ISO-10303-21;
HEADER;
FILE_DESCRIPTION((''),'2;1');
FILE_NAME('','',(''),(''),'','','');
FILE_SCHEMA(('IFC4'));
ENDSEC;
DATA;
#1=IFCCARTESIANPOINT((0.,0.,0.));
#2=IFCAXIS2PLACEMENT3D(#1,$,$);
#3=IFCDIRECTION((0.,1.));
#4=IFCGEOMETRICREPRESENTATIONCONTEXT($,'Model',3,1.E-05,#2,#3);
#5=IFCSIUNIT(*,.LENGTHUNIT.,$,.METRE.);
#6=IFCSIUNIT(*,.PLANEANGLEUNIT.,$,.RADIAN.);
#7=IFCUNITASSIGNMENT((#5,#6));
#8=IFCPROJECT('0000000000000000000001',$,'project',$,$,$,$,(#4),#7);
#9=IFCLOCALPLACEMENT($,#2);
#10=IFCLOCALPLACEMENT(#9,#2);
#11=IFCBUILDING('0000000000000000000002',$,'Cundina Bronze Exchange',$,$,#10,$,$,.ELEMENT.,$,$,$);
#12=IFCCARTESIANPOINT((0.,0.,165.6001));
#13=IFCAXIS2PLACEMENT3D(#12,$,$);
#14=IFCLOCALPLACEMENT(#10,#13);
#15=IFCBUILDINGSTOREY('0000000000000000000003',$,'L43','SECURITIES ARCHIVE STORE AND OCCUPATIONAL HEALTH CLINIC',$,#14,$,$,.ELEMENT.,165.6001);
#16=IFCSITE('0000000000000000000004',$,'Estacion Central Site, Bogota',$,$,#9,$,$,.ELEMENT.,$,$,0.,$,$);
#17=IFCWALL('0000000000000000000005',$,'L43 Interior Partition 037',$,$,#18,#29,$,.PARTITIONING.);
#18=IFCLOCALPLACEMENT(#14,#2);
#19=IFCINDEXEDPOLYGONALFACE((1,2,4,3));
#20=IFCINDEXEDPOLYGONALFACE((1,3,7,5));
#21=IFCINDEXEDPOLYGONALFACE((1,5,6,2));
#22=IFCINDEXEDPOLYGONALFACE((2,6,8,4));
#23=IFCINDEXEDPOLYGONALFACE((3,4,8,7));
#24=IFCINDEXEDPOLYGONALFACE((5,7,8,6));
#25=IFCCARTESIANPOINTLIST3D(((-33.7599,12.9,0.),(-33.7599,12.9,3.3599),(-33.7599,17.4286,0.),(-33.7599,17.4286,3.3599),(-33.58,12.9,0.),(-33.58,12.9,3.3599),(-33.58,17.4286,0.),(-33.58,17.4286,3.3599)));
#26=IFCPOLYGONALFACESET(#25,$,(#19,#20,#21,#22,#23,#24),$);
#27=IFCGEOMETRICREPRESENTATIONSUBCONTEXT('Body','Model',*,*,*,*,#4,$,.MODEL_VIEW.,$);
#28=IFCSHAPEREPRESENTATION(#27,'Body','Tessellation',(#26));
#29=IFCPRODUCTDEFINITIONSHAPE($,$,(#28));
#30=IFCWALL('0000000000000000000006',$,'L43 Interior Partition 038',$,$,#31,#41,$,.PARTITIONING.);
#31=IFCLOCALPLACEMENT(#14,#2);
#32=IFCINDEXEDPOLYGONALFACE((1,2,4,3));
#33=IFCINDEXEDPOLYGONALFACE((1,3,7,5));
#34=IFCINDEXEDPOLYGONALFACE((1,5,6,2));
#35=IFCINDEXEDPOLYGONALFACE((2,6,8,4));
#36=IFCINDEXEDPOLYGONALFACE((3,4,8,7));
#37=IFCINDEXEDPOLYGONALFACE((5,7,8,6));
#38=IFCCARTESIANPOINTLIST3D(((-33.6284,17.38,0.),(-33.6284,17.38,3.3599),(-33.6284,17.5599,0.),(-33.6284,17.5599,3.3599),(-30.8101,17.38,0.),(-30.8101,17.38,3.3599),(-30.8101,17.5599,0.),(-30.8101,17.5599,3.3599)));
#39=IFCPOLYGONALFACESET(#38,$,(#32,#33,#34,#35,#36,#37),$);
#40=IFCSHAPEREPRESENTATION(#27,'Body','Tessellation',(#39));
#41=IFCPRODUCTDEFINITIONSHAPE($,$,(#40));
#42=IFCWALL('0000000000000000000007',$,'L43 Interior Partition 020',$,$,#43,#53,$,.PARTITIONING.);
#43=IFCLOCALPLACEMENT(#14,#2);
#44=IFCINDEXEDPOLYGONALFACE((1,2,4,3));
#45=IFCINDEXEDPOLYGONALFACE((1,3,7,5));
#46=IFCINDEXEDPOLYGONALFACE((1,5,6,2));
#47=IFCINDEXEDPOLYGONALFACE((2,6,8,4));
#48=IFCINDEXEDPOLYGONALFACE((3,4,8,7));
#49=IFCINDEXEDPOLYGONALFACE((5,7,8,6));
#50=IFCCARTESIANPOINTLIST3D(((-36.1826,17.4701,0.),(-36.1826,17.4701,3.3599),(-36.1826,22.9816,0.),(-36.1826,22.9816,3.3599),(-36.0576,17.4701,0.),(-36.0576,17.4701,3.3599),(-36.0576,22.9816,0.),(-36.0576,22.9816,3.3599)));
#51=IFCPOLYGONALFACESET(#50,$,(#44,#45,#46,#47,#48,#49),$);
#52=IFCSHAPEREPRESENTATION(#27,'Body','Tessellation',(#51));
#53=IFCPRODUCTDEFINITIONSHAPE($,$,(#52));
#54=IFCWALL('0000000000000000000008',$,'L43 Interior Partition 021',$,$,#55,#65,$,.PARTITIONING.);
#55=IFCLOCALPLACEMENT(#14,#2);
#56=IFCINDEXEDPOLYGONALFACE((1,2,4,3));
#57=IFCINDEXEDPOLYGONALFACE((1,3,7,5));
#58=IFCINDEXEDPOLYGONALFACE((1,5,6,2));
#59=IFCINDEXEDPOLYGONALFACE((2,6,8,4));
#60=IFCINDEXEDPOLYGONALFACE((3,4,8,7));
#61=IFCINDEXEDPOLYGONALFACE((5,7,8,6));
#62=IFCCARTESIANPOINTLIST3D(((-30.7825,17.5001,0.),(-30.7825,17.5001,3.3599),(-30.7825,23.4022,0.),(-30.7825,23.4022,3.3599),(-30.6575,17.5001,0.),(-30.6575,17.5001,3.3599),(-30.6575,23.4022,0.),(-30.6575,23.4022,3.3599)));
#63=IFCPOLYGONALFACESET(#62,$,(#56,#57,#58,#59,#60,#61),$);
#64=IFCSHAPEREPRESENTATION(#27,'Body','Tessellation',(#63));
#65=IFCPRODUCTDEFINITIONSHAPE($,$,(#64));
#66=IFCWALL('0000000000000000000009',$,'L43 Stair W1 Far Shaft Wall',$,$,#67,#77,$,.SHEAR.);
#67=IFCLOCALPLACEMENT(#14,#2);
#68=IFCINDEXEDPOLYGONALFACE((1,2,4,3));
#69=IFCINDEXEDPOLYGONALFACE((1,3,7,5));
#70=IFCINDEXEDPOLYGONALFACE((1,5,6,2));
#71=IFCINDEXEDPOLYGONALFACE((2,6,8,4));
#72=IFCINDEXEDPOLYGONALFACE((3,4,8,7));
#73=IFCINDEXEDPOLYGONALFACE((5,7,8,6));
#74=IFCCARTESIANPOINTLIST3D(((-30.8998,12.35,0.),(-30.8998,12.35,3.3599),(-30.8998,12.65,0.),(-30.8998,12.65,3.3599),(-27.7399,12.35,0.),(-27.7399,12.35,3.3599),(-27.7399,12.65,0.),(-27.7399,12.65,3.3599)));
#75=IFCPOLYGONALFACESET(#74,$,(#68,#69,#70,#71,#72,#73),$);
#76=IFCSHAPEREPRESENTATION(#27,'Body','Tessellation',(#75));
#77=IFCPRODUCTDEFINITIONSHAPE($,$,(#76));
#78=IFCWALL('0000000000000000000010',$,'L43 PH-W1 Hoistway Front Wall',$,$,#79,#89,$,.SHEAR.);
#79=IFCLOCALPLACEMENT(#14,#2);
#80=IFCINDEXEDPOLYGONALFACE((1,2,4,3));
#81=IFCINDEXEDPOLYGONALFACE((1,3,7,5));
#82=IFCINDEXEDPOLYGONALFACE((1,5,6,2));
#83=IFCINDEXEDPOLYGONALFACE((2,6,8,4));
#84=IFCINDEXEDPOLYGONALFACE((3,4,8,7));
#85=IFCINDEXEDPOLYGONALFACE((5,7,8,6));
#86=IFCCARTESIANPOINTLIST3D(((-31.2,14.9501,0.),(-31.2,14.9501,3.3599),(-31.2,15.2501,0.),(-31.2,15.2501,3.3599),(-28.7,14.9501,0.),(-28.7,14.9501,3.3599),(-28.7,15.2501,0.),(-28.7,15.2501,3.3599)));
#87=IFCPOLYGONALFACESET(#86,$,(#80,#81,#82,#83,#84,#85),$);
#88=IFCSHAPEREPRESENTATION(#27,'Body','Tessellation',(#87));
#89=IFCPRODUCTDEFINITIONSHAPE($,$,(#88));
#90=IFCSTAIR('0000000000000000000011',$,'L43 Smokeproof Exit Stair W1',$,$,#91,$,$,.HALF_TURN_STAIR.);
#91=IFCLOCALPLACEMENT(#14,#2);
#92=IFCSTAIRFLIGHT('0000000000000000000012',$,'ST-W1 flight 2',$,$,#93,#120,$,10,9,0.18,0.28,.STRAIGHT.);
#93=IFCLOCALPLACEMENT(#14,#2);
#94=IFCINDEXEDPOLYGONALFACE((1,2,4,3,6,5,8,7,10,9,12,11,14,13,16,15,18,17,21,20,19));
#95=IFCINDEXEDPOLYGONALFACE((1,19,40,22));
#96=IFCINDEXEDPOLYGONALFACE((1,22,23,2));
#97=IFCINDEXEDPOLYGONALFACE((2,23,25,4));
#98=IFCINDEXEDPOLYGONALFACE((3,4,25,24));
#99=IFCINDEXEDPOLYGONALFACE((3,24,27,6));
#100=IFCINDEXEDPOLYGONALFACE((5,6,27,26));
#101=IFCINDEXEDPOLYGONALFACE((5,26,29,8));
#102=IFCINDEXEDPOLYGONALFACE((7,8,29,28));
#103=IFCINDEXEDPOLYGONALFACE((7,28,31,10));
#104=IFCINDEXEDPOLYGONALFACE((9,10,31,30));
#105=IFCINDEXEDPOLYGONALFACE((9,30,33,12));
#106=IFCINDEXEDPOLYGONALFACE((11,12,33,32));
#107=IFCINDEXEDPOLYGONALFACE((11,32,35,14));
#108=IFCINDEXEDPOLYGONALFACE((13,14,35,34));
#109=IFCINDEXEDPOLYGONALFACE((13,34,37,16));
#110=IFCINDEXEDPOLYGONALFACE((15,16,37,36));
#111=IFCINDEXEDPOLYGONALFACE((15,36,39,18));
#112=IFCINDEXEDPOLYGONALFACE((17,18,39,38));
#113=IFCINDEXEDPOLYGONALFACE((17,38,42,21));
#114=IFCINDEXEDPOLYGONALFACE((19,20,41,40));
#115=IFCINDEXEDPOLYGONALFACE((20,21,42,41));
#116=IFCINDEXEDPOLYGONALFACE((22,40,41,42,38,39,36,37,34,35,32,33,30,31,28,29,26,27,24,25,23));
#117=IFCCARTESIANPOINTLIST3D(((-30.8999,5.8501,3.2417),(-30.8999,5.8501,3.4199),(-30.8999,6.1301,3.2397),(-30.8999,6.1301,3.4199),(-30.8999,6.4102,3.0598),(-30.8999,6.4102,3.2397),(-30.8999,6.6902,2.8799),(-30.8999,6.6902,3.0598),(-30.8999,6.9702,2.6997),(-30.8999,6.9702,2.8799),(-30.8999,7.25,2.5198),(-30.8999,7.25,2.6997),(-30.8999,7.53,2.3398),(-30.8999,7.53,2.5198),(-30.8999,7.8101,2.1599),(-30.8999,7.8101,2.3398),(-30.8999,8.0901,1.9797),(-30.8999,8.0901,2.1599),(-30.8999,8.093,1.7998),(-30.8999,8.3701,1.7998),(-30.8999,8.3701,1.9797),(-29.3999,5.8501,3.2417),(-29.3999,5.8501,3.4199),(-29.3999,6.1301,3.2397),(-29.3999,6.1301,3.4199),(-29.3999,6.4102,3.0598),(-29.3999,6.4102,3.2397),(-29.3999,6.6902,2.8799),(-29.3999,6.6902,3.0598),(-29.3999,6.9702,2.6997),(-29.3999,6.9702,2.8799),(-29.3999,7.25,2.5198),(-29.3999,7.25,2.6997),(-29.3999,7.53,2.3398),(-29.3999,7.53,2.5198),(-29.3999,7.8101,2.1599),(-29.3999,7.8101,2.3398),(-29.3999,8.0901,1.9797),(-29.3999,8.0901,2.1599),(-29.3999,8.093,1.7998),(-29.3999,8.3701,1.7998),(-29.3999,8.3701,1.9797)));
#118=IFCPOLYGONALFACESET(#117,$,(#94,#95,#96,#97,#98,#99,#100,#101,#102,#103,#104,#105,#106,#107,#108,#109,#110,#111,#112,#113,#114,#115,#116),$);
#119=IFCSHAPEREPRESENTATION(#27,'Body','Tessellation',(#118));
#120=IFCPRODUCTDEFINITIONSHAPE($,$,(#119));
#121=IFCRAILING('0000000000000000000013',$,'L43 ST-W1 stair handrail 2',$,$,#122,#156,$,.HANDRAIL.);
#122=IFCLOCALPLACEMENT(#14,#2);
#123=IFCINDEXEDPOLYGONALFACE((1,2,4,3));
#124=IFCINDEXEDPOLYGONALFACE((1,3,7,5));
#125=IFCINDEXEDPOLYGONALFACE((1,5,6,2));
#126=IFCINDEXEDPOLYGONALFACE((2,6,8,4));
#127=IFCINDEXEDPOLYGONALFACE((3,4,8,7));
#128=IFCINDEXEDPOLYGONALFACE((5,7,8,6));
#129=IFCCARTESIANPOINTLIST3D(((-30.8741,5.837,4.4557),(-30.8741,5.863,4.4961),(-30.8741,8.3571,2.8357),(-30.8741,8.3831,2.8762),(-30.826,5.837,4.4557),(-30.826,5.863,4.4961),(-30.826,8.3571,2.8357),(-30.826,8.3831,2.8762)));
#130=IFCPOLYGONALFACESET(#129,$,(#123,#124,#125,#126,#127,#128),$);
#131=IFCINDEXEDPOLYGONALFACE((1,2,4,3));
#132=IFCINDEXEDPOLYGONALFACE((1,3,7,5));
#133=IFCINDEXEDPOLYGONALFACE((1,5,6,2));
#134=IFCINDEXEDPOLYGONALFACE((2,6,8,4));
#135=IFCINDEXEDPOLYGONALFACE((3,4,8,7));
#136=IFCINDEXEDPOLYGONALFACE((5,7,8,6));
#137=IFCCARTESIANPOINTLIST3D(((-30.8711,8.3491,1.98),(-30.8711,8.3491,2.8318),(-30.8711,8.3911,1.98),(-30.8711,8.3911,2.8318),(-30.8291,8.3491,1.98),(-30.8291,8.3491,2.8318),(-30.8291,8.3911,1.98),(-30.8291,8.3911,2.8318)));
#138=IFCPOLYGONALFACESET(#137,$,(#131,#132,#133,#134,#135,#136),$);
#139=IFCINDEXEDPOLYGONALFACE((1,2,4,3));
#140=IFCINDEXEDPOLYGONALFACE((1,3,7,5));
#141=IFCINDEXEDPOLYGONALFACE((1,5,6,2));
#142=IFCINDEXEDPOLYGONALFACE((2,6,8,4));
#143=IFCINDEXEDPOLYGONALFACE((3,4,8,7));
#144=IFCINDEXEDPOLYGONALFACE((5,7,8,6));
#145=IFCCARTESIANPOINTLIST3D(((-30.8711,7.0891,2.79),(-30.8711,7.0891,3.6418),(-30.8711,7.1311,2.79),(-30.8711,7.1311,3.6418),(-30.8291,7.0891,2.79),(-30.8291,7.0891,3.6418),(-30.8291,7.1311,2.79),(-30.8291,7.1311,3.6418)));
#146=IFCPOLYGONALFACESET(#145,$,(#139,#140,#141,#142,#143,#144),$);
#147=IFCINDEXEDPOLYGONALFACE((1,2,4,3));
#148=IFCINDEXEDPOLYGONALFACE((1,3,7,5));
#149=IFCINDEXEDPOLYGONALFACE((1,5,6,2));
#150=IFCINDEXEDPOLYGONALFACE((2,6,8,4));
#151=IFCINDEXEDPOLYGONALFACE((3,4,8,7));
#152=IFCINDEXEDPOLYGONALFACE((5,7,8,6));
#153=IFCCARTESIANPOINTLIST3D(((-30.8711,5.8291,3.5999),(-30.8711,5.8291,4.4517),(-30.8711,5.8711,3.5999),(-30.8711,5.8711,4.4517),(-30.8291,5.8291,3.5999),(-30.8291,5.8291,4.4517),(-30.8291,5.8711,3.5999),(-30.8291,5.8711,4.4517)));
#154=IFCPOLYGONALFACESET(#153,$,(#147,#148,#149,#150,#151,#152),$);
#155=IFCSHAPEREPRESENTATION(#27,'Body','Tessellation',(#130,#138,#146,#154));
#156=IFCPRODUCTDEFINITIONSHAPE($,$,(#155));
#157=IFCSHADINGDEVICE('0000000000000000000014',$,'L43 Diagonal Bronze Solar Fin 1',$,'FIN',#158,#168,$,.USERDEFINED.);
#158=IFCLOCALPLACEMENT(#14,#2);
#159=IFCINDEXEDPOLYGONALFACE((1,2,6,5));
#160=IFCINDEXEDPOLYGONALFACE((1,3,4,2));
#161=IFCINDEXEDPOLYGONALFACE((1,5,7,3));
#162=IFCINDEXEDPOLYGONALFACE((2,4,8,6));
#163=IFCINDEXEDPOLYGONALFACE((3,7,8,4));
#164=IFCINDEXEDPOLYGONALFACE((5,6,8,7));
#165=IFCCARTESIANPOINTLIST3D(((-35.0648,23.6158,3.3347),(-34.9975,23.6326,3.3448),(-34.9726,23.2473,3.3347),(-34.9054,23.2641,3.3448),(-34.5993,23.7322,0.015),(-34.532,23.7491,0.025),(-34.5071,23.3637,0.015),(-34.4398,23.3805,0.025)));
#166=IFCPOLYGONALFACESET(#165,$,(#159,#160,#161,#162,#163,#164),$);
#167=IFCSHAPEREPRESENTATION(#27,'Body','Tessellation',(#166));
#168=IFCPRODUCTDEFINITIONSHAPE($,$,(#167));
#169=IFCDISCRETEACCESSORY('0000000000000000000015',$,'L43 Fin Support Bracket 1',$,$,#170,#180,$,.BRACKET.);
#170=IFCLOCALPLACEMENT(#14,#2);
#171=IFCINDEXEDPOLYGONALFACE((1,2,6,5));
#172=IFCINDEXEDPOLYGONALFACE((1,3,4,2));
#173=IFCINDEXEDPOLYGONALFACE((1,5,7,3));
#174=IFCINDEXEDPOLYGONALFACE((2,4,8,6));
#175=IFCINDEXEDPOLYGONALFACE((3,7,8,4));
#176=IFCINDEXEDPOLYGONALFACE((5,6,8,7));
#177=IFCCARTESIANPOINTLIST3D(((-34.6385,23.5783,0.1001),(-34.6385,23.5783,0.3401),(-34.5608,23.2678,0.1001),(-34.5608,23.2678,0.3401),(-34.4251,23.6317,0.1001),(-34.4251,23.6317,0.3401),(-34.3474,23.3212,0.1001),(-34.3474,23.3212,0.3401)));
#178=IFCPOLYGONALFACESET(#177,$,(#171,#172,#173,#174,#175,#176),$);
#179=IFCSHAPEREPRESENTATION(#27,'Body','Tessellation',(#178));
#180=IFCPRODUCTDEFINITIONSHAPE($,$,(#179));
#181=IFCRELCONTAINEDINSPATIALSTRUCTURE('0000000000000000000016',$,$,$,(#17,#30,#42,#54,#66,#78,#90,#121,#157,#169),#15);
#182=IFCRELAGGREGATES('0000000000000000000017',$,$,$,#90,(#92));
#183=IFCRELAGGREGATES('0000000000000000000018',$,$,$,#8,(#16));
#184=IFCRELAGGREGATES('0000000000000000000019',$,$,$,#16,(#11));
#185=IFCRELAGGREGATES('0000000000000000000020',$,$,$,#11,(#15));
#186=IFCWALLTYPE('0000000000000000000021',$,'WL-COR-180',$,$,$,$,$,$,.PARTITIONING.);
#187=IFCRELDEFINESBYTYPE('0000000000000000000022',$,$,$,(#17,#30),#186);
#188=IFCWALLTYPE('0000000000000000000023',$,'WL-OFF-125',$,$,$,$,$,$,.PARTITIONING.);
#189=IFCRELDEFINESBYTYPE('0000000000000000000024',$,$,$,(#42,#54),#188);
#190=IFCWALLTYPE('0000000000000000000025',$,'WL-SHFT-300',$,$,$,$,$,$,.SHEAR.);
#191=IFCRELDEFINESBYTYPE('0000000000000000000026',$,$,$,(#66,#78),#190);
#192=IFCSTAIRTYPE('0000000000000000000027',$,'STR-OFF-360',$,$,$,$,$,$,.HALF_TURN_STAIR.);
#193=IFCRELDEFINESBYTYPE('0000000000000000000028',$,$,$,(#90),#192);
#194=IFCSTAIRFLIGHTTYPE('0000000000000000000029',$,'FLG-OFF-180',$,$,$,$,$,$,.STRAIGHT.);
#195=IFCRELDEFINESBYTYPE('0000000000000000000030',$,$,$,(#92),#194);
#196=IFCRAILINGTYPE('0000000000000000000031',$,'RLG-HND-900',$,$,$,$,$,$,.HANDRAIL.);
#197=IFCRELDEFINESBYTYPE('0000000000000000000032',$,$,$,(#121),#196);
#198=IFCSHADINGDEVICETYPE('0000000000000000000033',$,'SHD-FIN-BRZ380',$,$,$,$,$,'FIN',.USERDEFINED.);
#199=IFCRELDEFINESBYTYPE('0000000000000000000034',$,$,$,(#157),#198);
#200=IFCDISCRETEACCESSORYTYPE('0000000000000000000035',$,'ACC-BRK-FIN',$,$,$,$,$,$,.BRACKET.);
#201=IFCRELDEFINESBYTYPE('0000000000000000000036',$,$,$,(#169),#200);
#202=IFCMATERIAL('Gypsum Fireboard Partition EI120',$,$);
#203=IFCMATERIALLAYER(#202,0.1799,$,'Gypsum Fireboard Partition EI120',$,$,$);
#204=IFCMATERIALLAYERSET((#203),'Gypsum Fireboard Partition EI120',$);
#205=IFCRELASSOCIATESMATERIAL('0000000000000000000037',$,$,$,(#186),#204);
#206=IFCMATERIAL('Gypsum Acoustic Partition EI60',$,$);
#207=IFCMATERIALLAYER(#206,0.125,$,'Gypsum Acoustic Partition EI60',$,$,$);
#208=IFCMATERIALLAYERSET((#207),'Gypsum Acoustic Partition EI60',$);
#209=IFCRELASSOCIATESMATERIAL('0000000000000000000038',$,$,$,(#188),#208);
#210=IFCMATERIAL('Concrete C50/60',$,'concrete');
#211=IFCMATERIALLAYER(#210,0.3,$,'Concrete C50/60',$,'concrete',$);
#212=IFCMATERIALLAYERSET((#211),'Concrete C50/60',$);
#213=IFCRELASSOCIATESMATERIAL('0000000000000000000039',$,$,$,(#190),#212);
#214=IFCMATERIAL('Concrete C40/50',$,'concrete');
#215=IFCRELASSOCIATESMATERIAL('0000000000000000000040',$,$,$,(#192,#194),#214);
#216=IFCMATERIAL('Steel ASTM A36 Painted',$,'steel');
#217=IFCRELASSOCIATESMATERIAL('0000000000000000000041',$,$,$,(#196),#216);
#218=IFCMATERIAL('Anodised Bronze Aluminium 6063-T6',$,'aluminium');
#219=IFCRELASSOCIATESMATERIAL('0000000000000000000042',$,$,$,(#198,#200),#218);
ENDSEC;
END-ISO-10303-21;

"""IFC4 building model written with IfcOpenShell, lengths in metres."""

from ifc_helpers import new_model, si_unit, direction, frame, frame_2d, origin, origin_2d, place, context, subcontext, project, spatial, polyline, rectangle, outline, extrude, material, layer, layer_set, material_profile, profile_set, type_object, element, aggregate, save


model = new_model("IFC4")

# Units and contexts
model_context = context("Model", 3, precision=1e-05, world=origin(), true_north=direction((0.0, 1.0)))
body_context = subcontext(model_context, "Body", "Model", "MODEL_VIEW")
ifc_project = project(units=[si_unit("LENGTHUNIT", "METRE"), si_unit("PLANEANGLEUNIT", "RADIAN")], contexts=[model_context])

# Site, building, storey
site_placement = place(None, origin())
site = spatial("IfcSite", under=ifc_project, at=site_placement, Name="Estacion Central Site, Bogota", CompositionType="ELEMENT", RefElevation=0.0)
building_placement = place(site_placement, origin())
building = spatial("IfcBuilding", under=site, at=building_placement, Name="Cundina Bronze Exchange", CompositionType="ELEMENT")
storey_placement = place(building_placement, frame((0.0, 0.0, 165.6001)))
storey = spatial("IfcBuildingStorey", under=building, at=storey_placement, Name="L43", Description="SECURITIES ARCHIVE STORE AND OCCUPATIONAL HEALTH CLINIC", CompositionType="ELEMENT", Elevation=165.6001)

# Shared definitions
ifc_material_1 = material(Name="Concrete C50/60", Category="concrete")

# Shared definitions
ifc_material_2 = material(Name="Anodised Bronze Aluminium 6063-T6", Category="aluminium")

# Shared definitions
ifc_material_3 = material(Name="Gypsum Fireboard Partition EI120")
ifc_layer_1 = layer(ifc_material_3, 0.1799, Name="Gypsum Fireboard Partition EI120")
ifc_layer_set_1 = layer_set([ifc_layer_1], Name="Gypsum Fireboard Partition EI120")
wall_type_1 = type_object("IfcWallType", Name="WL-COR-180", PredefinedType="PARTITIONING", material=ifc_layer_set_1)

# Walls
wall_1_placement = place(storey_placement, frame((-33.6699, 17.4285, 0.0), z_axis=(0.0, 0.0, 1.0), x_axis=(0.0, -1.0, 0.0)))
element("IfcWall", 1, at=wall_1_placement, inside=storey, type_object=wall_type_1, Name="L43 Interior Partition 037", PredefinedType="PARTITIONING", context=body_context, shape_type="SweptSolid", body=[
    extrude(rectangle(XDim=4.5286, YDim=0.1799, at=frame_2d((2.2642, 0.0))), origin(), (0.0, 0.0, 1.0), 3.3599),
])
wall_2_placement = place(storey_placement, frame((-30.8101, 17.47, 0.0), z_axis=(0.0, 0.0, 1.0), x_axis=(-1.0, 0.0, 0.0)))
element("IfcWall", 2, at=wall_2_placement, inside=storey, type_object=wall_type_1, Name="L43 Interior Partition 038", PredefinedType="PARTITIONING", context=body_context, shape_type="SweptSolid", body=[
    extrude(rectangle(XDim=2.8184, YDim=0.1799, at=frame_2d((1.4092, 0.0))), origin(), (0.0, 0.0, 1.0), 3.3599),
])
ifc_material_4 = material(Name="Gypsum Acoustic Partition EI60")
ifc_layer_2 = layer(ifc_material_4, 0.125, Name="Gypsum Acoustic Partition EI60")
ifc_layer_set_2 = layer_set([ifc_layer_2], Name="Gypsum Acoustic Partition EI60")
wall_type_2 = type_object("IfcWallType", Name="WL-OFF-125", PredefinedType="PARTITIONING", material=ifc_layer_set_2)
wall_3_placement = place(storey_placement, frame((-36.1201, 17.47, 0.0), z_axis=(0.0, 0.0, 1.0), x_axis=(0.0, 1.0, 0.0)))
element("IfcWall", 3, at=wall_3_placement, inside=storey, type_object=wall_type_2, Name="L43 Interior Partition 020", PredefinedType="PARTITIONING", context=body_context, shape_type="SweptSolid", body=[
    extrude(rectangle(XDim=5.5115, YDim=0.125, at=frame_2d((2.7559, 0.0))), origin(), (0.0, 0.0, 1.0), 3.3599),
])
wall_4_placement = place(storey_placement, frame((-30.72, 17.5, 0.0), z_axis=(0.0, 0.0, 1.0), x_axis=(0.0, 1.0, 0.0)))
element("IfcWall", 4, at=wall_4_placement, inside=storey, type_object=wall_type_2, Name="L43 Interior Partition 021", PredefinedType="PARTITIONING", context=body_context, shape_type="SweptSolid", body=[
    extrude(rectangle(XDim=5.9021, YDim=0.125, at=frame_2d((2.9512, 0.0))), origin(), (0.0, 0.0, 1.0), 3.3599),
])

# Shared definitions
ifc_layer_3 = layer(ifc_material_1, 0.3, Name="Concrete C50/60", Category="concrete")
ifc_layer_set_3 = layer_set([ifc_layer_3], Name="Concrete C50/60")
wall_type_3 = type_object("IfcWallType", Name="WL-SHFT-300", PredefinedType="SHEAR", material=ifc_layer_set_3)
ifc_material_5 = material(Name="Steel ASTM A36 Painted", Category="steel")

# Walls
wall_5_placement = place(storey_placement, frame((-30.8999, 12.5, 0.0), z_axis=(0.0, 0.0, 1.0), x_axis=(1.0, 0.0, 0.0)))
element("IfcWall", 5, at=wall_5_placement, inside=storey, type_object=wall_type_3, Name="L43 Stair W1 Far Shaft Wall", PredefinedType="SHEAR", context=body_context, shape_type="SweptSolid", body=[
    extrude(rectangle(XDim=3.1599, YDim=0.3, at=frame_2d((1.5801, 0.0))), origin(), (0.0, 0.0, 1.0), 3.3599),
])
wall_6_placement = place(storey_placement, frame((-31.2, 15.1001, 0.0), z_axis=(0.0, 0.0, 1.0), x_axis=(1.0, 0.0, 0.0)))
element("IfcWall", 6, at=wall_6_placement, inside=storey, type_object=wall_type_3, Name="L43 PH-W1 Hoistway Front Wall", PredefinedType="SHEAR", context=body_context, shape_type="SweptSolid", body=[
    extrude(rectangle(XDim=2.5, YDim=0.3, at=frame_2d((1.25, 0.0))), origin(), (0.0, 0.0, 1.0), 3.3599),
])

# Stair, stair flight
ifc_material_6 = material(Name="Concrete C40/50", Category="concrete")
stair_type = type_object("IfcStairType", Name="STR-OFF-360", PredefinedType="HALF_TURN_STAIR", material=ifc_material_6)
stair_placement = place(storey_placement, origin())
stair = element("IfcStair", 7, at=stair_placement, inside=storey, type_object=stair_type, Name="L43 Smokeproof Exit Stair W1", PredefinedType="HALF_TURN_STAIR")
stair_flight_type = type_object("IfcStairFlightType", Name="FLG-OFF-180", PredefinedType="STRAIGHT", material=ifc_material_6)
stair_flight_placement = place(storey_placement, frame((-30.1499, 8.3701, 1.7998), z_axis=(0.0, 0.0, 1.0), x_axis=(0.0, -1.0, 0.0)))
stair_flight = element("IfcStairFlight", 8, at=stair_flight_placement, type_object=stair_flight_type, Name="ST-W1 flight 2", NumberOfRisers=10, NumberOfTreads=9, PredefinedType="STRAIGHT", RiserHeight=0.18, TreadLength=0.28, context=body_context, shape_type="SweptSolid", body=[
    extrude(outline(polyline([(0.0, 0.0), (0.0, 0.1799), (0.28, 0.1799), (0.28, 0.3601), (0.5601, 0.3601), (0.5601, 0.54), (0.8401, 0.54), (0.8401, 0.72), (1.1201, 0.72), (1.1201, 0.8999), (1.3999, 0.8999), (1.3999, 1.0801), (1.6799, 1.0801), (1.6799, 1.26), (1.96, 1.26), (1.96, 1.4399), (2.24, 1.4399), (2.24, 1.6201), (2.52, 1.6201), (2.52, 1.8), (2.52, 1.4419), (0.2771, 0.0), (0.0, 0.0)])), frame((0.0, 0.75, 0.0), z_axis=(0.0, -1.0, 0.0), x_axis=(1.0, 0.0, 0.0)), (0.0, 0.0, 1.0), 1.5),
])
aggregate(stair, [stair_flight])

# Railing
railing_type = type_object("IfcRailingType", Name="RLG-HND-900", PredefinedType="HANDRAIL", material=ifc_material_5)
railing_placement = place(storey_placement, frame((-30.8501, 8.3701, 1.98)))
element("IfcRailing", 9, at=railing_placement, inside=storey, type_object=railing_type, Name="L43 ST-W1 stair handrail 2", PredefinedType="HANDRAIL", context=body_context, shape_type="SweptSolid", body=[
    extrude(rectangle(XDim=0.0481, YDim=0.0481, at=origin_2d()), frame((0.0, 0.0, 0.876), z_axis=(0.0, -0.8412, 0.540725), x_axis=(1.0, 0.0, 0.0)), (0.0, 0.0, 1.0), 2.9958),
    extrude(rectangle(XDim=0.042, YDim=0.042, at=origin_2d()), origin(), (0.0, 0.0, 1.0), 0.8518),
    extrude(rectangle(XDim=0.042, YDim=0.042, at=origin_2d()), frame((0.0, -1.26, 0.8101)), (0.0, 0.0, 1.0), 0.8518),
    extrude(rectangle(XDim=0.042, YDim=0.042, at=origin_2d()), frame((0.0, -2.52, 1.6199)), (0.0, 0.0, 1.0), 0.8518),
])

# Shading device
ifc_material_profile_1 = material_profile(ifc_material_2, rectangle(XDim=0.0701, YDim=0.3799, at=origin_2d()), Name="FIN70X380", Category="aluminium")
ifc_profile_set_1 = profile_set([ifc_material_profile_1], Name="Anodised Bronze Aluminium 6063-T6")
shading_device_type = type_object("IfcShadingDeviceType", Name="SHD-FIN-BRZ380", ElementType="FIN", PredefinedType="USERDEFINED", material=ifc_profile_set_1)
shading_device_placement = place(storey_placement, frame((-34.5195, 23.5564, 0.02), z_axis=(-0.138798, -0.034718, 0.989712), x_axis=(0.960132, 0.240159, 0.143075)))
element("IfcShadingDevice", 10, at=shading_device_placement, inside=storey, type_object=shading_device_type, Name="L43 Diagonal Bronze Solar Fin 1", ObjectType="FIN", PredefinedType="USERDEFINED", context=body_context, shape_type="SweptSolid", body=[
    extrude(rectangle(XDim=0.0701, YDim=0.3799, at=origin_2d()), origin(), (0.0, 0.0, 1.0), 3.3542),
])

# Discrete accessory
discrete_accessory_type = type_object("IfcDiscreteAccessoryType", Name="ACC-BRK-FIN", PredefinedType="BRACKET", material=ifc_material_2)
discrete_accessory_placement = place(storey_placement, frame((-34.4929, 23.4497, 0.1001), z_axis=(0.0, 0.0, 1.0), x_axis=(-0.970093, -0.242735, 0.0)))
element("IfcDiscreteAccessory", 11, at=discrete_accessory_placement, inside=storey, type_object=discrete_accessory_type, Name="L43 Fin Support Bracket 1", PredefinedType="BRACKET", context=body_context, shape_type="SweptSolid", body=[
    extrude(rectangle(XDim=0.22, YDim=0.3201, at=origin_2d()), origin(), (0.0, 0.0, 1.0), 0.24),
])

save(model, "model.ifc")
